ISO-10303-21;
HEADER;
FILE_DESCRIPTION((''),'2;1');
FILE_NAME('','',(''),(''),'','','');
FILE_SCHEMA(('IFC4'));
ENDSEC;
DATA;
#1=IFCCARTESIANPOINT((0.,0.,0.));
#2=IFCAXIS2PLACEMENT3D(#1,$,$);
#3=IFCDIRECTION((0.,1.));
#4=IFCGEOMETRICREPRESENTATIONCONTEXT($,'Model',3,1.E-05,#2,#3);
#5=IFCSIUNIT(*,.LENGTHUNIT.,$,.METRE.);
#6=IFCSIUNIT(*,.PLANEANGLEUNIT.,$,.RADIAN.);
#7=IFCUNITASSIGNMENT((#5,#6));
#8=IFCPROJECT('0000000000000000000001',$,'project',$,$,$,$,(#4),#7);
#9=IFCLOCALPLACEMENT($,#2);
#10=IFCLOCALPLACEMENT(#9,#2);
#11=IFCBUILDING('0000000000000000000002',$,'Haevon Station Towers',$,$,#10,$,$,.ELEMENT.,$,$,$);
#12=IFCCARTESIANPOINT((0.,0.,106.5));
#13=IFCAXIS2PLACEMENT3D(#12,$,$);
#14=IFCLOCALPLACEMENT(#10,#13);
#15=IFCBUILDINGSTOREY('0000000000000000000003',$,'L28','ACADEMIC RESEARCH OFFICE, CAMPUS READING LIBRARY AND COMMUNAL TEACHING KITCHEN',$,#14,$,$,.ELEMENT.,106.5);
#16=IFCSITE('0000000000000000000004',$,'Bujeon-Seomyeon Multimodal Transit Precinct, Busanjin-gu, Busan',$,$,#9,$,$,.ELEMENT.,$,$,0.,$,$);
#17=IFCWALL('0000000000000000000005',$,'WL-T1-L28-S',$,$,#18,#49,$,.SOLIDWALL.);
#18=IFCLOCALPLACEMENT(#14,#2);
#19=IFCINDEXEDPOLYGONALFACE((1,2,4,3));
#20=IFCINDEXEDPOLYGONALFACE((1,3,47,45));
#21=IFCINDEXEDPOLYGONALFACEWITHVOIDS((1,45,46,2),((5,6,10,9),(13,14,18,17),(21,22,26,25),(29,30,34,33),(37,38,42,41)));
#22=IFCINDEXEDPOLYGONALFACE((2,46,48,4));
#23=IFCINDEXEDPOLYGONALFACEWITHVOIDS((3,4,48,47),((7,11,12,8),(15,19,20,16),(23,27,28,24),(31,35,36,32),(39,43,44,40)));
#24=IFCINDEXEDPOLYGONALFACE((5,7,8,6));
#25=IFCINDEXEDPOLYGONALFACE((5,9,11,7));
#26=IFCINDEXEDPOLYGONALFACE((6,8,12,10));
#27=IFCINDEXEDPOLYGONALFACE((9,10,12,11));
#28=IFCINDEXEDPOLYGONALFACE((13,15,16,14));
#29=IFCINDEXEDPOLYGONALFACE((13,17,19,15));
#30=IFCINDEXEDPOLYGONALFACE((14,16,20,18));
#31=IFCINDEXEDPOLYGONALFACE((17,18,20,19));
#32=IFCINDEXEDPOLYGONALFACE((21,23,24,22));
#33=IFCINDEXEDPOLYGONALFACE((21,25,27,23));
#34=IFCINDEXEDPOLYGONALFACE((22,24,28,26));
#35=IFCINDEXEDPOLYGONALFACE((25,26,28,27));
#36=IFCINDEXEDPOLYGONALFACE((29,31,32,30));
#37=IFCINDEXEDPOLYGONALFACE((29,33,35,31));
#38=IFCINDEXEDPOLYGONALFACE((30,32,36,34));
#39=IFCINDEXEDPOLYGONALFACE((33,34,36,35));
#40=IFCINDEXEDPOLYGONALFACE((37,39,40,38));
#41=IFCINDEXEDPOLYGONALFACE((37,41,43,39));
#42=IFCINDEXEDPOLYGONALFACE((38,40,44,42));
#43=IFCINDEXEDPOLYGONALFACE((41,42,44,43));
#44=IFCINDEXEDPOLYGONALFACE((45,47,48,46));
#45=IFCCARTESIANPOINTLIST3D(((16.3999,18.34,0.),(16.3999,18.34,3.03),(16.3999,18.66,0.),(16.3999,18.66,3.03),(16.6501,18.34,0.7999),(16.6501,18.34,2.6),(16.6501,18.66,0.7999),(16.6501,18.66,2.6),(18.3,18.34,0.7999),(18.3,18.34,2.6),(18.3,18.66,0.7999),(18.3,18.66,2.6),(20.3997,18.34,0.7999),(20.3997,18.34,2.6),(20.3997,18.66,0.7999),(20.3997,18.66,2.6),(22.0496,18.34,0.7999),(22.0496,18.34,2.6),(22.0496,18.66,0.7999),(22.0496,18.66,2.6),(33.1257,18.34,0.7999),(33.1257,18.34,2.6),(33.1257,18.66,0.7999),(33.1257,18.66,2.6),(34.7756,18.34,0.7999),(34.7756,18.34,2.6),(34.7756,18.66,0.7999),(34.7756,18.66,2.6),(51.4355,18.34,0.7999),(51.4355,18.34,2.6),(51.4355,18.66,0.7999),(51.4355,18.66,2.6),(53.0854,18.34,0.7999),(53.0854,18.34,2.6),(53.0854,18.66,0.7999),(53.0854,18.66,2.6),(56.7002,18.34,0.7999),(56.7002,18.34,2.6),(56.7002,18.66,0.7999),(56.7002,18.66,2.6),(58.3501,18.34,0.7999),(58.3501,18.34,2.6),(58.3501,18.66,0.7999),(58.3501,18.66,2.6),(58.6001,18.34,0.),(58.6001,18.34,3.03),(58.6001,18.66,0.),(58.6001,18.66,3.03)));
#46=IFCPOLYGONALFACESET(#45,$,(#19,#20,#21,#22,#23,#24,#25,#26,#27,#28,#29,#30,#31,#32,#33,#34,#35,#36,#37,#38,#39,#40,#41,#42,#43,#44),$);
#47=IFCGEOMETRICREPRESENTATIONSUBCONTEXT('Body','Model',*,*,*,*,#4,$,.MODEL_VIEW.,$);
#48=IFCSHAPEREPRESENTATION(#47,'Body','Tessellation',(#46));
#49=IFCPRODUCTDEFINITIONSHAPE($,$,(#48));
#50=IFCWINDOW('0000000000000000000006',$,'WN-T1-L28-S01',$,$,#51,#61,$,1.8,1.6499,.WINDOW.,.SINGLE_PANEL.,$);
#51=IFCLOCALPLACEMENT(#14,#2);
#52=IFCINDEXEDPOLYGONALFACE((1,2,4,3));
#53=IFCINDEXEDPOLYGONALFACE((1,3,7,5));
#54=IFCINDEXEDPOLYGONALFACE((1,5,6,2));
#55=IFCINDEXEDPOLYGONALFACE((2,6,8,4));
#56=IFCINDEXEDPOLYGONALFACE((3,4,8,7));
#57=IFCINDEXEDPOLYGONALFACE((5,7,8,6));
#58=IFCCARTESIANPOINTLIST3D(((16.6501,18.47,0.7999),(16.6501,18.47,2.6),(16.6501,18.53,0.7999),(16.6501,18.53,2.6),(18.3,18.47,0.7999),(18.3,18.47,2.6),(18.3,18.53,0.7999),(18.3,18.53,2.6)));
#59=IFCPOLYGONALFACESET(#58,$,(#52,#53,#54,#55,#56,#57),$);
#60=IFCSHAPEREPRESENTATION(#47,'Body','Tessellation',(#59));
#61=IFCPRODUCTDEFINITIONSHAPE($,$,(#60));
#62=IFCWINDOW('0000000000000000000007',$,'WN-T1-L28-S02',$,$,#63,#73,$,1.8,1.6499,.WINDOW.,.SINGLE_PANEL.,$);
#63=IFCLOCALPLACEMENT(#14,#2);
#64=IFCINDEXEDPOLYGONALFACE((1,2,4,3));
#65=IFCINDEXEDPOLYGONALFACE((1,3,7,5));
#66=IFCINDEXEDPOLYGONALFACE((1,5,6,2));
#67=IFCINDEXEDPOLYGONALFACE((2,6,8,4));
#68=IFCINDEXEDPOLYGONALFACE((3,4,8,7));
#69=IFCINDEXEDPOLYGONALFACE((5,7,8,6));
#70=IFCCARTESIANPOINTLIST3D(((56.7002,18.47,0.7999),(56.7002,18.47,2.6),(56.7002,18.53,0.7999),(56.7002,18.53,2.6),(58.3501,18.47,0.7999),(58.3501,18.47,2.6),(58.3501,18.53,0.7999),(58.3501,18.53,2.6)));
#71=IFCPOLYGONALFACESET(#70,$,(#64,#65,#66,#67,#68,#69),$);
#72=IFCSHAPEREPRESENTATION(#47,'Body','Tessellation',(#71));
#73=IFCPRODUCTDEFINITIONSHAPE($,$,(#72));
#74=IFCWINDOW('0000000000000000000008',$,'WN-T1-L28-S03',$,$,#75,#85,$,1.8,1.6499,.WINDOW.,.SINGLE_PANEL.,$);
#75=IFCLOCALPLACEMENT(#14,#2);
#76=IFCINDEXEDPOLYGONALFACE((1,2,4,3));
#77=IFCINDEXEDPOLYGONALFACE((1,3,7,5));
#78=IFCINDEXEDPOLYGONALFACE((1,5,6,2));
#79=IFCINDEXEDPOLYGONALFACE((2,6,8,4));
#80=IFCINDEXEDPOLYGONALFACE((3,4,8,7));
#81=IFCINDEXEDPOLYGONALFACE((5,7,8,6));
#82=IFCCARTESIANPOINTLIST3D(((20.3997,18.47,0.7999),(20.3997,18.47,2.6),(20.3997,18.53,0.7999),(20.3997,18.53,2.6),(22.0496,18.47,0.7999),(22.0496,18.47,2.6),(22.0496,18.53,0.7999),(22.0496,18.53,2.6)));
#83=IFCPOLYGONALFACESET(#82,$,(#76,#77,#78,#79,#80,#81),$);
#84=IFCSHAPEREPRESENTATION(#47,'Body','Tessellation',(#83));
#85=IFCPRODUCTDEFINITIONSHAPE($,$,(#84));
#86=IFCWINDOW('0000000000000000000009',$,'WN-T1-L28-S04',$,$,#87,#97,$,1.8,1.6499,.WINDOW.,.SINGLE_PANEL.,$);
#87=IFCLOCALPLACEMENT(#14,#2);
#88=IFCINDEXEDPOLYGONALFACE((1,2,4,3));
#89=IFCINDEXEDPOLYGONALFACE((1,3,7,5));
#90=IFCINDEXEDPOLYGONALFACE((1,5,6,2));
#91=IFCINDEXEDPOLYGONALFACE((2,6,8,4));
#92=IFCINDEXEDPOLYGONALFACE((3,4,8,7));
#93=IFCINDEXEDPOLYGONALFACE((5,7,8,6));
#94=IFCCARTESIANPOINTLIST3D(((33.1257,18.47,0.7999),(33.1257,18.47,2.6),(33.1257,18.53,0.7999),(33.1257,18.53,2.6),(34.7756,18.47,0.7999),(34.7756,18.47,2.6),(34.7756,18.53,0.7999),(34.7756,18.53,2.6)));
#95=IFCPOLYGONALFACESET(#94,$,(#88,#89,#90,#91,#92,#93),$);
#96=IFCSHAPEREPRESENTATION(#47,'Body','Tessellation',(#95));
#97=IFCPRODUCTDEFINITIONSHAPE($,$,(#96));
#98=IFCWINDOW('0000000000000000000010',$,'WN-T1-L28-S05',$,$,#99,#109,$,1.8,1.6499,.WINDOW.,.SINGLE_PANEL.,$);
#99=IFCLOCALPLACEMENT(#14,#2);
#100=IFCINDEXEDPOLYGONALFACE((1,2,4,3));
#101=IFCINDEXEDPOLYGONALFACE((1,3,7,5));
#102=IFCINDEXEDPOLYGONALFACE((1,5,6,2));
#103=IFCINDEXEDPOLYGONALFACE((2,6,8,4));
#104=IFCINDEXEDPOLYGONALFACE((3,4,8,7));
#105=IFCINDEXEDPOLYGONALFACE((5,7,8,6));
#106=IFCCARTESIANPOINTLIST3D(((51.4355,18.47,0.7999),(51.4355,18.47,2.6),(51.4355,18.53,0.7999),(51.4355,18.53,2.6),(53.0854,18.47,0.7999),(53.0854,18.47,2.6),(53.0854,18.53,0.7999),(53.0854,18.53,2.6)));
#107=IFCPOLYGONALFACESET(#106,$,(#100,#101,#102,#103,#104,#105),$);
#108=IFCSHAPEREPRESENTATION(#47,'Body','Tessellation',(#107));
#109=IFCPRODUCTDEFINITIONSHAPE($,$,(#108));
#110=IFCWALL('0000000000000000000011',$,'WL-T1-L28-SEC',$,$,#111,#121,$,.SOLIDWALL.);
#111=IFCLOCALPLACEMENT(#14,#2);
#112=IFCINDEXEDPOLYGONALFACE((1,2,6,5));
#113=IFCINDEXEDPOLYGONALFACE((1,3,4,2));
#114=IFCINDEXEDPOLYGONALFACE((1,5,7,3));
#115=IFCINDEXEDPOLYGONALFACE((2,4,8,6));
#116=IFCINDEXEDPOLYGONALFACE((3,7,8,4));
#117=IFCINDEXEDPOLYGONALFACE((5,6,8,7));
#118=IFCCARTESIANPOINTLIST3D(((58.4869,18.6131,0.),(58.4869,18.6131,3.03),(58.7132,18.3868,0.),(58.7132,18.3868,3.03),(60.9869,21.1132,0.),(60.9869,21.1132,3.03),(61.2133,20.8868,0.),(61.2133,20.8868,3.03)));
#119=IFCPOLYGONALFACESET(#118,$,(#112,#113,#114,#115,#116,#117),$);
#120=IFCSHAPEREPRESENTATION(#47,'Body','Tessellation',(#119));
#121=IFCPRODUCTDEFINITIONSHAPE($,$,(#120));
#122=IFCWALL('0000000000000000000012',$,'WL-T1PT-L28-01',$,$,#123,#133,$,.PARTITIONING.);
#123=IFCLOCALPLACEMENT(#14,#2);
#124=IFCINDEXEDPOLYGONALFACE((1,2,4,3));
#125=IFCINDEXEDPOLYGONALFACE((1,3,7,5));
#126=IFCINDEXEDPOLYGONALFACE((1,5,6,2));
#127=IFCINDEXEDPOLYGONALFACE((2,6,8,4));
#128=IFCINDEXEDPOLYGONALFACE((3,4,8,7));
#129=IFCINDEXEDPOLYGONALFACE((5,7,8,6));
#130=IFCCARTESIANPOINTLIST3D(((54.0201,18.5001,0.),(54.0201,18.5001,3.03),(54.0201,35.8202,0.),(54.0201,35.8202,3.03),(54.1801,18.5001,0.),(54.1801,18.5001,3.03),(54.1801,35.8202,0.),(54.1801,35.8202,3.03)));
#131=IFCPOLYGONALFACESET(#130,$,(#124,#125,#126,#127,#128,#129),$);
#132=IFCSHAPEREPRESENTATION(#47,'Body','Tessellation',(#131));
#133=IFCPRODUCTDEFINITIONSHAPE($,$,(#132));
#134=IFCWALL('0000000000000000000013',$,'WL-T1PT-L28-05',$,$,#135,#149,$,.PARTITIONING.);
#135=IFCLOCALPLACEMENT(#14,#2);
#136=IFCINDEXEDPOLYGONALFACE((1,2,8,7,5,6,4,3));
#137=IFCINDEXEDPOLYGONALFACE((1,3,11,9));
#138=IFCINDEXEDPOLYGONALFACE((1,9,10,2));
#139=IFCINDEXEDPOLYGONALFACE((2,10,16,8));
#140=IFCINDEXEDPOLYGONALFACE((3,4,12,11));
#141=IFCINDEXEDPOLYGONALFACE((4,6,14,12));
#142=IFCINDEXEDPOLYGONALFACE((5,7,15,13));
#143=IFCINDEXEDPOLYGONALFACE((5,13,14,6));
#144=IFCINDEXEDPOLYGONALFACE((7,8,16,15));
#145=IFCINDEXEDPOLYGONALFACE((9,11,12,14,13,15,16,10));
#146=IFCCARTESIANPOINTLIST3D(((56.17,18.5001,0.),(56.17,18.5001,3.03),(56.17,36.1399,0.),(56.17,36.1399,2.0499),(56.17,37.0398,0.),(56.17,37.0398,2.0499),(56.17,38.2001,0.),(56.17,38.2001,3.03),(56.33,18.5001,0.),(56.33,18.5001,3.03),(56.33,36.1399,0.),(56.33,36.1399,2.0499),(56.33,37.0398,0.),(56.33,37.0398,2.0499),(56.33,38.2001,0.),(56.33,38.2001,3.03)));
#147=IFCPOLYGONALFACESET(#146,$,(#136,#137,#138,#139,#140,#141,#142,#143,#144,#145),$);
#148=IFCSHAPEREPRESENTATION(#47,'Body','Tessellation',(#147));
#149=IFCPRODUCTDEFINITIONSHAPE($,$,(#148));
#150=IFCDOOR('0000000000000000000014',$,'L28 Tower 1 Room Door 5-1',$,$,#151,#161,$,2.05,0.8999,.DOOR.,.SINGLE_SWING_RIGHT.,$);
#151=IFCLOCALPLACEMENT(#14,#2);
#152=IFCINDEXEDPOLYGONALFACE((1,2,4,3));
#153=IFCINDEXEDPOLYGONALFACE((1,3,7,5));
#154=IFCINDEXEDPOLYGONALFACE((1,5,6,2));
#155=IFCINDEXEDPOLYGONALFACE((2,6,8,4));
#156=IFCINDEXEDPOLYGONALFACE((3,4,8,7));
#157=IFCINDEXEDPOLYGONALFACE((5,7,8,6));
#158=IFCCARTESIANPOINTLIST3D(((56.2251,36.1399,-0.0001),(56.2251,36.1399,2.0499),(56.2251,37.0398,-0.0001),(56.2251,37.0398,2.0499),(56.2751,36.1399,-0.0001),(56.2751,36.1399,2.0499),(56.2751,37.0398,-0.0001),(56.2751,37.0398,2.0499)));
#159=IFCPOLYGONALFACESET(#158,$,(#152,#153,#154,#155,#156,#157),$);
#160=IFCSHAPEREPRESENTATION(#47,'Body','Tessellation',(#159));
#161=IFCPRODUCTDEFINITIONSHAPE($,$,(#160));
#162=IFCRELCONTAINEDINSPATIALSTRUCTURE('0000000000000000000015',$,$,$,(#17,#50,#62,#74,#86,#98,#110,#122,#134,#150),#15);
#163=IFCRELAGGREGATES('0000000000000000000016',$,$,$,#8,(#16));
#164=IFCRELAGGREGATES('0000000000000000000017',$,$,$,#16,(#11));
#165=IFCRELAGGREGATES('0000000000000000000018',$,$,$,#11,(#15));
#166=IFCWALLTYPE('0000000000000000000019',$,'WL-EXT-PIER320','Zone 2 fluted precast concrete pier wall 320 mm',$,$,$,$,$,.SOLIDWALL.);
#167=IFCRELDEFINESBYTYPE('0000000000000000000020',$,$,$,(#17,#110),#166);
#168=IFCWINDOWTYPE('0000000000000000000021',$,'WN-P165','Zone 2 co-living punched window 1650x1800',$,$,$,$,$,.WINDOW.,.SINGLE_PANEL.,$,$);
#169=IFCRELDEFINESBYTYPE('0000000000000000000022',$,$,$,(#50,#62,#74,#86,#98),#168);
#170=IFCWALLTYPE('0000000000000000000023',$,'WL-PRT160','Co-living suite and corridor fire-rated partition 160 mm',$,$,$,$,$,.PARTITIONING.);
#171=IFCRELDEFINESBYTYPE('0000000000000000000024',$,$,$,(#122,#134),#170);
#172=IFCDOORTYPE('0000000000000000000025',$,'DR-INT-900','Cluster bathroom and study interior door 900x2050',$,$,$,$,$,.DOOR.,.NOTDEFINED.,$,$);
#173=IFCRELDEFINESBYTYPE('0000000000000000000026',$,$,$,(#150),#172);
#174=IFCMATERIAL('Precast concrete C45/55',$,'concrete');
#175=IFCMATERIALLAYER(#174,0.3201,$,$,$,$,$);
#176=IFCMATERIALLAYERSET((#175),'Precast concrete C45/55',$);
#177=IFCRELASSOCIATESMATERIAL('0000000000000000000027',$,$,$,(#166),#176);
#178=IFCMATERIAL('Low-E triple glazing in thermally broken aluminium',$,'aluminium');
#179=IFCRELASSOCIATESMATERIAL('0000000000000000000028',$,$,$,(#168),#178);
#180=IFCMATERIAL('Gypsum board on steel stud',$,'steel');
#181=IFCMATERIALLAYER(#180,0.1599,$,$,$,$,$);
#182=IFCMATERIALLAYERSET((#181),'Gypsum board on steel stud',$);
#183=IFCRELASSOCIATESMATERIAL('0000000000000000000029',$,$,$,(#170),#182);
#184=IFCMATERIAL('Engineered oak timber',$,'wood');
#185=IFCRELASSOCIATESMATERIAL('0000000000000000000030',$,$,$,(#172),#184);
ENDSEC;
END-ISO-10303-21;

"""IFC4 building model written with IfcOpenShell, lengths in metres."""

from ifc_helpers import new_model, si_unit, direction, frame, frame_2d, origin, place, context, subcontext, project, spatial, rectangle, extrude, material, layer, layer_set, type_object, element, fill, save


model = new_model("IFC4")

# Units and contexts
model_context = context("Model", 3, precision=1e-05, world=origin(), true_north=direction((0.0, 1.0)))
body_context = subcontext(model_context, "Body", "Model", "MODEL_VIEW")
ifc_project = project(units=[si_unit("LENGTHUNIT", "METRE"), si_unit("PLANEANGLEUNIT", "RADIAN")], contexts=[model_context])

# Site, building, storey
site_placement = place(None, origin())
site = spatial("IfcSite", under=ifc_project, at=site_placement, Name="Bujeon-Seomyeon Multimodal Transit Precinct, Busanjin-gu, Busan", CompositionType="ELEMENT", RefElevation=0.0)
building_placement = place(site_placement, origin())
building = spatial("IfcBuilding", under=site, at=building_placement, Name="Haevon Station Towers", CompositionType="ELEMENT")
storey_placement = place(building_placement, frame((0.0, 0.0, 106.5)))
storey = spatial("IfcBuildingStorey", under=building, at=storey_placement, Name="L28", Description="ACADEMIC RESEARCH OFFICE, CAMPUS READING LIBRARY AND COMMUNAL TEACHING KITCHEN", CompositionType="ELEMENT", Elevation=106.5)

# Wall, openings, windows
ifc_material_1 = material(Name="Precast concrete C45/55", Category="concrete")
ifc_layer_1 = layer(ifc_material_1, 0.3201)
ifc_layer_set_1 = layer_set([ifc_layer_1], Name="Precast concrete C45/55")
wall_type_1 = type_object("IfcWallType", Name="WL-EXT-PIER320", Description="Zone 2 fluted precast concrete pier wall 320 mm", PredefinedType="SOLIDWALL", material=ifc_layer_set_1)
wall_1_placement = place(storey_placement, frame((58.6001, 18.5, 0.0), z_axis=(0.0, 0.0, 1.0), x_axis=(-1.0, 0.0, 0.0)))
wall_1 = element("IfcWall", 1, at=wall_1_placement, inside=storey, type_object=wall_type_1, Name="WL-T1-L28-S", PredefinedType="SOLIDWALL", context=body_context, shape_type="SweptSolid", body=[
    extrude(rectangle(XDim=42.2002, YDim=0.3201, at=frame_2d((21.1001, 0.0))), origin(), (0.0, 0.0, 1.0), 3.03),
])
opening_1_placement = place(wall_1_placement, frame((40.3, 0.0, 0.8)))
opening_1 = element("IfcOpeningElement", 2, at=opening_1_placement, cuts=wall_1, PredefinedType="OPENING", context=body_context, shape_type="SweptSolid", body=[
    extrude(rectangle(XDim=1.6499, YDim=1.8, at=frame_2d((0.825, 0.8999))), frame((0.0, 0.1699, 0.0), z_axis=(0.0, -1.0, 0.0), x_axis=(1.0, 0.0, 0.0)), (0.0, 0.0, 1.0), 0.3401),
])
opening_2_placement = place(wall_1_placement, frame((0.25, 0.0, 0.8)))
opening_2 = element("IfcOpeningElement", 3, at=opening_2_placement, cuts=wall_1, PredefinedType="OPENING", context=body_context, shape_type="SweptSolid", body=[
    extrude(rectangle(XDim=1.6499, YDim=1.8, at=frame_2d((0.825, 0.8999))), frame((0.0, 0.1699, 0.0), z_axis=(0.0, -1.0, 0.0), x_axis=(1.0, 0.0, 0.0)), (0.0, 0.0, 1.0), 0.3401),
])
opening_3_placement = place(wall_1_placement, frame((36.5505, 0.0, 0.8)))
opening_3 = element("IfcOpeningElement", 4, at=opening_3_placement, cuts=wall_1, PredefinedType="OPENING", context=body_context, shape_type="SweptSolid", body=[
    extrude(rectangle(XDim=1.6499, YDim=1.8, at=frame_2d((0.825, 0.8999))), frame((0.0, 0.1699, 0.0), z_axis=(0.0, -1.0, 0.0), x_axis=(1.0, 0.0, 0.0)), (0.0, 0.0, 1.0), 0.3401),
])
opening_4_placement = place(wall_1_placement, frame((23.8245, 0.0, 0.8)))
opening_4 = element("IfcOpeningElement", 5, at=opening_4_placement, cuts=wall_1, PredefinedType="OPENING", context=body_context, shape_type="SweptSolid", body=[
    extrude(rectangle(XDim=1.6499, YDim=1.8, at=frame_2d((0.825, 0.8999))), frame((0.0, 0.1699, 0.0), z_axis=(0.0, -1.0, 0.0), x_axis=(1.0, 0.0, 0.0)), (0.0, 0.0, 1.0), 0.3401),
])
opening_5_placement = place(wall_1_placement, frame((5.5146, 0.0, 0.8)))
opening_5 = element("IfcOpeningElement", 6, at=opening_5_placement, cuts=wall_1, PredefinedType="OPENING", context=body_context, shape_type="SweptSolid", body=[
    extrude(rectangle(XDim=1.6499, YDim=1.8, at=frame_2d((0.825, 0.8999))), frame((0.0, 0.1699, 0.0), z_axis=(0.0, -1.0, 0.0), x_axis=(1.0, 0.0, 0.0)), (0.0, 0.0, 1.0), 0.3401),
])
ifc_material_2 = material(Name="Low-E triple glazing in thermally broken aluminium", Category="aluminium")
window_type = type_object("IfcWindowType", Name="WN-P165", Description="Zone 2 co-living punched window 1650x1800", PartitioningType="SINGLE_PANEL", PredefinedType="WINDOW", material=ifc_material_2)
window_1_placement = place(opening_1_placement, origin())
window_1 = element("IfcWindow", 7, at=window_1_placement, inside=storey, type_object=window_type, Name="WN-T1-L28-S01", OverallHeight=1.8, OverallWidth=1.6499, PartitioningType="SINGLE_PANEL", PredefinedType="WINDOW", context=body_context, shape_type="SweptSolid", body=[
    extrude(rectangle(XDim=1.6499, YDim=1.8, at=frame_2d((0.825, 0.8999))), frame((0.0, 0.03, 0.0), z_axis=(0.0, -1.0, 0.0), x_axis=(1.0, 0.0, 0.0)), (0.0, 0.0, 1.0), 0.0601),
])
fill(opening_1, window_1)
window_2_placement = place(opening_2_placement, origin())
window_2 = element("IfcWindow", 8, at=window_2_placement, inside=storey, type_object=window_type, Name="WN-T1-L28-S02", OverallHeight=1.8, OverallWidth=1.6499, PartitioningType="SINGLE_PANEL", PredefinedType="WINDOW", context=body_context, shape_type="SweptSolid", body=[
    extrude(rectangle(XDim=1.6499, YDim=1.8, at=frame_2d((0.825, 0.8999))), frame((0.0, 0.03, 0.0), z_axis=(0.0, -1.0, 0.0), x_axis=(1.0, 0.0, 0.0)), (0.0, 0.0, 1.0), 0.0601),
])
fill(opening_2, window_2)
window_3_placement = place(opening_3_placement, origin())
window_3 = element("IfcWindow", 9, at=window_3_placement, inside=storey, type_object=window_type, Name="WN-T1-L28-S03", OverallHeight=1.8, OverallWidth=1.6499, PartitioningType="SINGLE_PANEL", PredefinedType="WINDOW", context=body_context, shape_type="SweptSolid", body=[
    extrude(rectangle(XDim=1.6499, YDim=1.8, at=frame_2d((0.825, 0.8999))), frame((0.0, 0.03, 0.0), z_axis=(0.0, -1.0, 0.0), x_axis=(1.0, 0.0, 0.0)), (0.0, 0.0, 1.0), 0.0601),
])
fill(opening_3, window_3)
window_4_placement = place(opening_4_placement, origin())
window_4 = element("IfcWindow", 10, at=window_4_placement, inside=storey, type_object=window_type, Name="WN-T1-L28-S04", OverallHeight=1.8, OverallWidth=1.6499, PartitioningType="SINGLE_PANEL", PredefinedType="WINDOW", context=body_context, shape_type="SweptSolid", body=[
    extrude(rectangle(XDim=1.6499, YDim=1.8, at=frame_2d((0.825, 0.8999))), frame((0.0, 0.03, 0.0), z_axis=(0.0, -1.0, 0.0), x_axis=(1.0, 0.0, 0.0)), (0.0, 0.0, 1.0), 0.0601),
])
fill(opening_4, window_4)
window_5_placement = place(opening_5_placement, origin())
window_5 = element("IfcWindow", 11, at=window_5_placement, inside=storey, type_object=window_type, Name="WN-T1-L28-S05", OverallHeight=1.8, OverallWidth=1.6499, PartitioningType="SINGLE_PANEL", PredefinedType="WINDOW", context=body_context, shape_type="SweptSolid", body=[
    extrude(rectangle(XDim=1.6499, YDim=1.8, at=frame_2d((0.825, 0.8999))), frame((0.0, 0.03, 0.0), z_axis=(0.0, -1.0, 0.0), x_axis=(1.0, 0.0, 0.0)), (0.0, 0.0, 1.0), 0.0601),
])
fill(opening_5, window_5)

# Walls
wall_2_placement = place(storey_placement, frame((61.1001, 21.0, 0.0), z_axis=(0.0, 0.0, 1.0), x_axis=(-0.707107, -0.707107, 0.0)))
element("IfcWall", 12, at=wall_2_placement, inside=storey, type_object=wall_type_1, Name="WL-T1-L28-SEC", PredefinedType="SOLIDWALL", context=body_context, shape_type="SweptSolid", body=[
    extrude(rectangle(XDim=3.5356, YDim=0.3201, at=frame_2d((1.7678, 0.0))), origin(), (0.0, 0.0, 1.0), 3.03),
])
ifc_material_3 = material(Name="Gypsum board on steel stud", Category="steel")
ifc_layer_2 = layer(ifc_material_3, 0.1599)
ifc_layer_set_2 = layer_set([ifc_layer_2], Name="Gypsum board on steel stud")
wall_type_2 = type_object("IfcWallType", Name="WL-PRT160", Description="Co-living suite and corridor fire-rated partition 160 mm", PredefinedType="PARTITIONING", material=ifc_layer_set_2)
wall_3_placement = place(storey_placement, frame((54.1001, 18.5, 0.0), z_axis=(0.0, 0.0, 1.0), x_axis=(0.0, 1.0, 0.0)))
element("IfcWall", 13, at=wall_3_placement, inside=storey, type_object=wall_type_2, Name="WL-T1PT-L28-01", PredefinedType="PARTITIONING", context=body_context, shape_type="SweptSolid", body=[
    extrude(rectangle(XDim=17.3201, YDim=0.1599, at=frame_2d((8.6602, 0.0))), origin(), (0.0, 0.0, 1.0), 3.03),
])

# Wall, opening, door
wall_4_placement = place(storey_placement, frame((56.25, 18.5, 0.0), z_axis=(0.0, 0.0, 1.0), x_axis=(0.0, 1.0, 0.0)))
wall_4 = element("IfcWall", 14, at=wall_4_placement, inside=storey, type_object=wall_type_2, Name="WL-T1PT-L28-05", PredefinedType="PARTITIONING", context=body_context, shape_type="SweptSolid", body=[
    extrude(rectangle(XDim=19.7, YDim=0.1599, at=frame_2d((9.8501, 0.0))), origin(), (0.0, 0.0, 1.0), 3.03),
])
opening_6_placement = place(wall_4_placement, frame((17.6399, 0.0, 0.0)))
opening_6 = element("IfcOpeningElement", 15, at=opening_6_placement, cuts=wall_4, PredefinedType="OPENING", context=body_context, shape_type="SweptSolid", body=[
    extrude(rectangle(XDim=0.8999, YDim=2.05, at=frame_2d((0.45, 1.0249))), frame((0.0, 0.0898, 0.0), z_axis=(0.0, -1.0, 0.0), x_axis=(1.0, 0.0, 0.0)), (0.0, 0.0, 1.0), 0.1799),
])
ifc_material_4 = material(Name="Engineered oak timber", Category="wood")
door_type = type_object("IfcDoorType", Name="DR-INT-900", Description="Cluster bathroom and study interior door 900x2050", OperationType="NOTDEFINED", PredefinedType="DOOR", material=ifc_material_4)
door_placement = place(opening_6_placement, origin())
door = element("IfcDoor", 16, at=door_placement, inside=storey, type_object=door_type, Name="L28 Tower 1 Room Door 5-1", OperationType="SINGLE_SWING_RIGHT", OverallHeight=2.05, OverallWidth=0.8999, PredefinedType="DOOR", context=body_context, shape_type="SweptSolid", body=[
    extrude(rectangle(XDim=0.8999, YDim=2.05, at=frame_2d((0.45, 1.0249))), frame((0.0, 0.0249, 0.0), z_axis=(0.0, -1.0, 0.0), x_axis=(1.0, 0.0, 0.0)), (0.0, 0.0, 1.0), 0.05),
])
fill(opening_6, door)

save(model, "model.ifc")
